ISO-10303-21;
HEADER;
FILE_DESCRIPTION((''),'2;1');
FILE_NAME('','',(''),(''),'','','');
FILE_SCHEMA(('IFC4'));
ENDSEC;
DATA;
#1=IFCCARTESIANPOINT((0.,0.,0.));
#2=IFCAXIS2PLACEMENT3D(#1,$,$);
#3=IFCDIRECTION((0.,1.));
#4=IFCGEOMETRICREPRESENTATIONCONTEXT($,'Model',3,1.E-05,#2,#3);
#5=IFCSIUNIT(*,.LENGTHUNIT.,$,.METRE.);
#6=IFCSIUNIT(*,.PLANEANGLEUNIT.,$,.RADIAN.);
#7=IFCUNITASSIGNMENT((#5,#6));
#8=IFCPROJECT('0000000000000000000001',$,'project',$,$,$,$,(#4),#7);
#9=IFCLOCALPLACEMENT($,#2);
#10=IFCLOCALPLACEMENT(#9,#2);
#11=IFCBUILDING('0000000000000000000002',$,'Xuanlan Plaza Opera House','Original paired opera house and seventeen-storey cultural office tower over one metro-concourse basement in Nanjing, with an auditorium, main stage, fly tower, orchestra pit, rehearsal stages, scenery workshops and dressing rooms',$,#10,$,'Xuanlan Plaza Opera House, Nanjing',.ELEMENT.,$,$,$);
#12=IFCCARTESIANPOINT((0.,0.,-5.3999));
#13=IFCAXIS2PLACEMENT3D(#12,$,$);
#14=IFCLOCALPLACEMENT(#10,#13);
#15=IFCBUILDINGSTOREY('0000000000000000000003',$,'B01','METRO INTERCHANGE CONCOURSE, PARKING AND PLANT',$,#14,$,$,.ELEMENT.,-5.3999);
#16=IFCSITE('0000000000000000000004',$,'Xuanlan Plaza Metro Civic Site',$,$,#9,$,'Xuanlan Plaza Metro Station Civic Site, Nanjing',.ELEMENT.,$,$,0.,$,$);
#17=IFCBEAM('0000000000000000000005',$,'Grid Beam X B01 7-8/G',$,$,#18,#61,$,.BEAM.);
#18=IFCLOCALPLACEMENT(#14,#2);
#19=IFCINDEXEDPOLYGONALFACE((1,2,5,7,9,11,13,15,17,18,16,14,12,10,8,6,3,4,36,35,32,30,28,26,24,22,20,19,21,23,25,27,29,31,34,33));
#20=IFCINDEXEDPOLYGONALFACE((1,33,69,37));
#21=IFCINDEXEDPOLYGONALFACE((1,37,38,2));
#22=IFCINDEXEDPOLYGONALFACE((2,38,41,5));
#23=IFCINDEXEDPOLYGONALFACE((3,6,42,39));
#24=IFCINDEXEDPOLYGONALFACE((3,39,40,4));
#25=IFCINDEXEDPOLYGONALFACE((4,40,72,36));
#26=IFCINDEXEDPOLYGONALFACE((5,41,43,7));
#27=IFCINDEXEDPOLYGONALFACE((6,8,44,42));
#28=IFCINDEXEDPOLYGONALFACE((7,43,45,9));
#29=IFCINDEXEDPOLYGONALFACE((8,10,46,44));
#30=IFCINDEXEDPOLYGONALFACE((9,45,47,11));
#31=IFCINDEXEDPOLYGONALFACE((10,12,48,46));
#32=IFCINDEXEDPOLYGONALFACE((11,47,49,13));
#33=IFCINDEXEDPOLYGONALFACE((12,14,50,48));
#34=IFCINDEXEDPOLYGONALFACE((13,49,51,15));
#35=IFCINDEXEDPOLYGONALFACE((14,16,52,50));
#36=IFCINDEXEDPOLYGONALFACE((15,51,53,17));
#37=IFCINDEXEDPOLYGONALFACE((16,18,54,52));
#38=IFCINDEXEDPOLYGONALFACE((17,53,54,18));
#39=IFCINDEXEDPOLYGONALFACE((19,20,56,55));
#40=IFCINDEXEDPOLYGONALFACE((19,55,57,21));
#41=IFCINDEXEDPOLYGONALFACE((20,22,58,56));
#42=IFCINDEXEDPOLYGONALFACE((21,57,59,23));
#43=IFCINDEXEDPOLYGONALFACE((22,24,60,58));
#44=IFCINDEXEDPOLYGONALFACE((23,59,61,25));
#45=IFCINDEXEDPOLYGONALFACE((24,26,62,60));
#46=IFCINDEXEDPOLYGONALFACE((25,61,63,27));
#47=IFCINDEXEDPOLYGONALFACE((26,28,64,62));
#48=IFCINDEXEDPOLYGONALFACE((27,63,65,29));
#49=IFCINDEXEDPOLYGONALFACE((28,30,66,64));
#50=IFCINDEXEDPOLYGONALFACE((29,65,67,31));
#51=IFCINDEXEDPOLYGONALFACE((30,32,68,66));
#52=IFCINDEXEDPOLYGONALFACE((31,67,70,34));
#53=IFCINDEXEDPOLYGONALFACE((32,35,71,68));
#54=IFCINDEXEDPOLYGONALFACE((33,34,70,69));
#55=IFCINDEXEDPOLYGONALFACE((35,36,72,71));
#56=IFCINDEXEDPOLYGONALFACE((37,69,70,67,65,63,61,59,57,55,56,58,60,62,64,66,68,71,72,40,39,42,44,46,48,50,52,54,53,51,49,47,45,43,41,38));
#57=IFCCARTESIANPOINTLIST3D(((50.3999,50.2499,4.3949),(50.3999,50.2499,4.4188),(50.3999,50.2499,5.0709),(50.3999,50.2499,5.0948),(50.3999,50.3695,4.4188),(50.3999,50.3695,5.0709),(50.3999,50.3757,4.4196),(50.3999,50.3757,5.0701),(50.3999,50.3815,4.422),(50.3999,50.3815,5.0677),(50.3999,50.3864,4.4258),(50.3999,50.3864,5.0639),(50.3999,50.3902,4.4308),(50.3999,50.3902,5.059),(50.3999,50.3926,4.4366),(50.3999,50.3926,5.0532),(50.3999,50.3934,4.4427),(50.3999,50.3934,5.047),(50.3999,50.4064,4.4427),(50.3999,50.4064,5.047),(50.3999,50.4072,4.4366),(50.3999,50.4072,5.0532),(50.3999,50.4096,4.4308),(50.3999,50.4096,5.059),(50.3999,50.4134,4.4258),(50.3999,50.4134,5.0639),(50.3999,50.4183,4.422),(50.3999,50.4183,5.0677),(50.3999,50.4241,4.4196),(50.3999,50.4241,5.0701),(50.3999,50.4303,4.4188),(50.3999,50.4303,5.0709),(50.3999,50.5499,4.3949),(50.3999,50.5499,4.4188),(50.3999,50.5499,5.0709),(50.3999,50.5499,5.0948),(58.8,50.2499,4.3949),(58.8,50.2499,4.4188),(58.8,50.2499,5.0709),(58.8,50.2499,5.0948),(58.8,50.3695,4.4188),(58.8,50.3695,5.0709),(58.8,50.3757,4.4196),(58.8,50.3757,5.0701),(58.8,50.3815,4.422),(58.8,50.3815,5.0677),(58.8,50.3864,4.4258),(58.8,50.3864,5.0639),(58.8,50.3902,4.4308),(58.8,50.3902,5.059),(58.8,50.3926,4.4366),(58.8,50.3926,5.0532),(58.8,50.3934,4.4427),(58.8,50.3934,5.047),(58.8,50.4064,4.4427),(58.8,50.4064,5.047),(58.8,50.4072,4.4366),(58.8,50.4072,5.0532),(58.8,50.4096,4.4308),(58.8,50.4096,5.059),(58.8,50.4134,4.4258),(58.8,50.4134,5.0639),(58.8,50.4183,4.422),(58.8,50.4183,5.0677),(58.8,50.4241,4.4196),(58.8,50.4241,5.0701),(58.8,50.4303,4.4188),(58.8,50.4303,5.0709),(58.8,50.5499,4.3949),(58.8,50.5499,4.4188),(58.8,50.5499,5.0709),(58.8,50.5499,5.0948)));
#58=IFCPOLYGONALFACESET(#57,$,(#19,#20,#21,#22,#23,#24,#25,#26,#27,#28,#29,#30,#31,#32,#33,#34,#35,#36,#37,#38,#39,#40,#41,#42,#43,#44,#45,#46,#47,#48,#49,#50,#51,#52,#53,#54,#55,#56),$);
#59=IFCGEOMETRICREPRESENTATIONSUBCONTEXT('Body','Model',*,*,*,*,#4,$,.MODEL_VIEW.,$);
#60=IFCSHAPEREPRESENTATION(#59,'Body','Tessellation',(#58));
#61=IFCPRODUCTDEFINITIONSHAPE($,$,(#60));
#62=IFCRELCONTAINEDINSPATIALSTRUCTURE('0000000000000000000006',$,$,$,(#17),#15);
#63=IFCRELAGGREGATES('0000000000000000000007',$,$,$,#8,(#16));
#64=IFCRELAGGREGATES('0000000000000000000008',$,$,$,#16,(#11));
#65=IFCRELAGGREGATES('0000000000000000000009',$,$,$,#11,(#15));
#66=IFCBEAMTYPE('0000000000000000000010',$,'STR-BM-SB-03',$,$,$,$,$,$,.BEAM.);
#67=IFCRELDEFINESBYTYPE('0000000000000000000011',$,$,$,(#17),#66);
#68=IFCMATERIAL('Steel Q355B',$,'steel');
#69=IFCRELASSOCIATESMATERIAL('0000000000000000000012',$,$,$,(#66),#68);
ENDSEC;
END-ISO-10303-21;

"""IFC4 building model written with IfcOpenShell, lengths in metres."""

from ifc_helpers import new_model, si_unit, direction, frame, origin, origin_2d, place, context, subcontext, project, spatial, i_section, extrude, material, material_profile, profile_set, type_object, element, save


model = new_model("IFC4")

# Units and contexts
model_context = context("Model", 3, precision=1e-05, world=origin(), true_north=direction((0.0, 1.0)))
body_context = subcontext(model_context, "Body", "Model", "MODEL_VIEW")
ifc_project = project(units=[si_unit("LENGTHUNIT", "METRE"), si_unit("PLANEANGLEUNIT", "RADIAN")], contexts=[model_context])

# Site, building, storey
site_placement = place(None, origin())
site = spatial("IfcSite", under=ifc_project, at=site_placement, Name="Xuanlan Plaza Metro Civic Site", LongName="Xuanlan Plaza Metro Station Civic Site, Nanjing", CompositionType="ELEMENT", RefElevation=0.0)
building_placement = place(site_placement, origin())
building = spatial("IfcBuilding", under=site, at=building_placement, Name="Xuanlan Plaza Opera House", Description="Original paired opera house and seventeen-storey cultural office tower over one metro-concourse basement in Nanjing, with an auditorium, main stage, fly tower, orchestra pit, rehearsal stages, scenery workshops and dressing rooms", LongName="Xuanlan Plaza Opera House, Nanjing", CompositionType="ELEMENT")
storey_placement = place(building_placement, frame((0.0, 0.0, -5.3999)))
storey = spatial("IfcBuildingStorey", under=building, at=storey_placement, Name="B01", Description="METRO INTERCHANGE CONCOURSE, PARKING AND PLANT", CompositionType="ELEMENT", Elevation=-5.3999)

# Beam
ifc_material_1 = material(Name="Steel Q355B", Category="steel")
ifc_material_profile_1 = material_profile(ifc_material_1, i_section(OverallWidth=0.3, OverallDepth=0.7, WebThickness=0.0129, FlangeThickness=0.0239, FilletRadius=0.0239, at=origin_2d()), Name="HN 700x300x13x24")
ifc_profile_set_1 = profile_set([ifc_material_profile_1], Name="Steel Q355B")
beam_type_1 = type_object("IfcBeamType", Name="STR-BM-SB-03", PredefinedType="BEAM", material=ifc_profile_set_1)
beam_1_placement = place(storey_placement, frame((50.3999, 50.3999, 4.7449), z_axis=(1.0, 0.0, 0.0), x_axis=(0.0, 1.0, 0.0)))
element("IfcBeam", 1, at=beam_1_placement, inside=storey, type_object=beam_type_1, Name="Grid Beam X B01 7-8/G", PredefinedType="BEAM", context=body_context, shape_type="SweptSolid", body=[
    extrude(i_section(OverallWidth=0.3, OverallDepth=0.7, WebThickness=0.0129, FlangeThickness=0.0239, FilletRadius=0.0239, at=origin_2d()), origin(), (0.0, 0.0, 1.0), 8.4001),
])

save(model, "model.ifc")
